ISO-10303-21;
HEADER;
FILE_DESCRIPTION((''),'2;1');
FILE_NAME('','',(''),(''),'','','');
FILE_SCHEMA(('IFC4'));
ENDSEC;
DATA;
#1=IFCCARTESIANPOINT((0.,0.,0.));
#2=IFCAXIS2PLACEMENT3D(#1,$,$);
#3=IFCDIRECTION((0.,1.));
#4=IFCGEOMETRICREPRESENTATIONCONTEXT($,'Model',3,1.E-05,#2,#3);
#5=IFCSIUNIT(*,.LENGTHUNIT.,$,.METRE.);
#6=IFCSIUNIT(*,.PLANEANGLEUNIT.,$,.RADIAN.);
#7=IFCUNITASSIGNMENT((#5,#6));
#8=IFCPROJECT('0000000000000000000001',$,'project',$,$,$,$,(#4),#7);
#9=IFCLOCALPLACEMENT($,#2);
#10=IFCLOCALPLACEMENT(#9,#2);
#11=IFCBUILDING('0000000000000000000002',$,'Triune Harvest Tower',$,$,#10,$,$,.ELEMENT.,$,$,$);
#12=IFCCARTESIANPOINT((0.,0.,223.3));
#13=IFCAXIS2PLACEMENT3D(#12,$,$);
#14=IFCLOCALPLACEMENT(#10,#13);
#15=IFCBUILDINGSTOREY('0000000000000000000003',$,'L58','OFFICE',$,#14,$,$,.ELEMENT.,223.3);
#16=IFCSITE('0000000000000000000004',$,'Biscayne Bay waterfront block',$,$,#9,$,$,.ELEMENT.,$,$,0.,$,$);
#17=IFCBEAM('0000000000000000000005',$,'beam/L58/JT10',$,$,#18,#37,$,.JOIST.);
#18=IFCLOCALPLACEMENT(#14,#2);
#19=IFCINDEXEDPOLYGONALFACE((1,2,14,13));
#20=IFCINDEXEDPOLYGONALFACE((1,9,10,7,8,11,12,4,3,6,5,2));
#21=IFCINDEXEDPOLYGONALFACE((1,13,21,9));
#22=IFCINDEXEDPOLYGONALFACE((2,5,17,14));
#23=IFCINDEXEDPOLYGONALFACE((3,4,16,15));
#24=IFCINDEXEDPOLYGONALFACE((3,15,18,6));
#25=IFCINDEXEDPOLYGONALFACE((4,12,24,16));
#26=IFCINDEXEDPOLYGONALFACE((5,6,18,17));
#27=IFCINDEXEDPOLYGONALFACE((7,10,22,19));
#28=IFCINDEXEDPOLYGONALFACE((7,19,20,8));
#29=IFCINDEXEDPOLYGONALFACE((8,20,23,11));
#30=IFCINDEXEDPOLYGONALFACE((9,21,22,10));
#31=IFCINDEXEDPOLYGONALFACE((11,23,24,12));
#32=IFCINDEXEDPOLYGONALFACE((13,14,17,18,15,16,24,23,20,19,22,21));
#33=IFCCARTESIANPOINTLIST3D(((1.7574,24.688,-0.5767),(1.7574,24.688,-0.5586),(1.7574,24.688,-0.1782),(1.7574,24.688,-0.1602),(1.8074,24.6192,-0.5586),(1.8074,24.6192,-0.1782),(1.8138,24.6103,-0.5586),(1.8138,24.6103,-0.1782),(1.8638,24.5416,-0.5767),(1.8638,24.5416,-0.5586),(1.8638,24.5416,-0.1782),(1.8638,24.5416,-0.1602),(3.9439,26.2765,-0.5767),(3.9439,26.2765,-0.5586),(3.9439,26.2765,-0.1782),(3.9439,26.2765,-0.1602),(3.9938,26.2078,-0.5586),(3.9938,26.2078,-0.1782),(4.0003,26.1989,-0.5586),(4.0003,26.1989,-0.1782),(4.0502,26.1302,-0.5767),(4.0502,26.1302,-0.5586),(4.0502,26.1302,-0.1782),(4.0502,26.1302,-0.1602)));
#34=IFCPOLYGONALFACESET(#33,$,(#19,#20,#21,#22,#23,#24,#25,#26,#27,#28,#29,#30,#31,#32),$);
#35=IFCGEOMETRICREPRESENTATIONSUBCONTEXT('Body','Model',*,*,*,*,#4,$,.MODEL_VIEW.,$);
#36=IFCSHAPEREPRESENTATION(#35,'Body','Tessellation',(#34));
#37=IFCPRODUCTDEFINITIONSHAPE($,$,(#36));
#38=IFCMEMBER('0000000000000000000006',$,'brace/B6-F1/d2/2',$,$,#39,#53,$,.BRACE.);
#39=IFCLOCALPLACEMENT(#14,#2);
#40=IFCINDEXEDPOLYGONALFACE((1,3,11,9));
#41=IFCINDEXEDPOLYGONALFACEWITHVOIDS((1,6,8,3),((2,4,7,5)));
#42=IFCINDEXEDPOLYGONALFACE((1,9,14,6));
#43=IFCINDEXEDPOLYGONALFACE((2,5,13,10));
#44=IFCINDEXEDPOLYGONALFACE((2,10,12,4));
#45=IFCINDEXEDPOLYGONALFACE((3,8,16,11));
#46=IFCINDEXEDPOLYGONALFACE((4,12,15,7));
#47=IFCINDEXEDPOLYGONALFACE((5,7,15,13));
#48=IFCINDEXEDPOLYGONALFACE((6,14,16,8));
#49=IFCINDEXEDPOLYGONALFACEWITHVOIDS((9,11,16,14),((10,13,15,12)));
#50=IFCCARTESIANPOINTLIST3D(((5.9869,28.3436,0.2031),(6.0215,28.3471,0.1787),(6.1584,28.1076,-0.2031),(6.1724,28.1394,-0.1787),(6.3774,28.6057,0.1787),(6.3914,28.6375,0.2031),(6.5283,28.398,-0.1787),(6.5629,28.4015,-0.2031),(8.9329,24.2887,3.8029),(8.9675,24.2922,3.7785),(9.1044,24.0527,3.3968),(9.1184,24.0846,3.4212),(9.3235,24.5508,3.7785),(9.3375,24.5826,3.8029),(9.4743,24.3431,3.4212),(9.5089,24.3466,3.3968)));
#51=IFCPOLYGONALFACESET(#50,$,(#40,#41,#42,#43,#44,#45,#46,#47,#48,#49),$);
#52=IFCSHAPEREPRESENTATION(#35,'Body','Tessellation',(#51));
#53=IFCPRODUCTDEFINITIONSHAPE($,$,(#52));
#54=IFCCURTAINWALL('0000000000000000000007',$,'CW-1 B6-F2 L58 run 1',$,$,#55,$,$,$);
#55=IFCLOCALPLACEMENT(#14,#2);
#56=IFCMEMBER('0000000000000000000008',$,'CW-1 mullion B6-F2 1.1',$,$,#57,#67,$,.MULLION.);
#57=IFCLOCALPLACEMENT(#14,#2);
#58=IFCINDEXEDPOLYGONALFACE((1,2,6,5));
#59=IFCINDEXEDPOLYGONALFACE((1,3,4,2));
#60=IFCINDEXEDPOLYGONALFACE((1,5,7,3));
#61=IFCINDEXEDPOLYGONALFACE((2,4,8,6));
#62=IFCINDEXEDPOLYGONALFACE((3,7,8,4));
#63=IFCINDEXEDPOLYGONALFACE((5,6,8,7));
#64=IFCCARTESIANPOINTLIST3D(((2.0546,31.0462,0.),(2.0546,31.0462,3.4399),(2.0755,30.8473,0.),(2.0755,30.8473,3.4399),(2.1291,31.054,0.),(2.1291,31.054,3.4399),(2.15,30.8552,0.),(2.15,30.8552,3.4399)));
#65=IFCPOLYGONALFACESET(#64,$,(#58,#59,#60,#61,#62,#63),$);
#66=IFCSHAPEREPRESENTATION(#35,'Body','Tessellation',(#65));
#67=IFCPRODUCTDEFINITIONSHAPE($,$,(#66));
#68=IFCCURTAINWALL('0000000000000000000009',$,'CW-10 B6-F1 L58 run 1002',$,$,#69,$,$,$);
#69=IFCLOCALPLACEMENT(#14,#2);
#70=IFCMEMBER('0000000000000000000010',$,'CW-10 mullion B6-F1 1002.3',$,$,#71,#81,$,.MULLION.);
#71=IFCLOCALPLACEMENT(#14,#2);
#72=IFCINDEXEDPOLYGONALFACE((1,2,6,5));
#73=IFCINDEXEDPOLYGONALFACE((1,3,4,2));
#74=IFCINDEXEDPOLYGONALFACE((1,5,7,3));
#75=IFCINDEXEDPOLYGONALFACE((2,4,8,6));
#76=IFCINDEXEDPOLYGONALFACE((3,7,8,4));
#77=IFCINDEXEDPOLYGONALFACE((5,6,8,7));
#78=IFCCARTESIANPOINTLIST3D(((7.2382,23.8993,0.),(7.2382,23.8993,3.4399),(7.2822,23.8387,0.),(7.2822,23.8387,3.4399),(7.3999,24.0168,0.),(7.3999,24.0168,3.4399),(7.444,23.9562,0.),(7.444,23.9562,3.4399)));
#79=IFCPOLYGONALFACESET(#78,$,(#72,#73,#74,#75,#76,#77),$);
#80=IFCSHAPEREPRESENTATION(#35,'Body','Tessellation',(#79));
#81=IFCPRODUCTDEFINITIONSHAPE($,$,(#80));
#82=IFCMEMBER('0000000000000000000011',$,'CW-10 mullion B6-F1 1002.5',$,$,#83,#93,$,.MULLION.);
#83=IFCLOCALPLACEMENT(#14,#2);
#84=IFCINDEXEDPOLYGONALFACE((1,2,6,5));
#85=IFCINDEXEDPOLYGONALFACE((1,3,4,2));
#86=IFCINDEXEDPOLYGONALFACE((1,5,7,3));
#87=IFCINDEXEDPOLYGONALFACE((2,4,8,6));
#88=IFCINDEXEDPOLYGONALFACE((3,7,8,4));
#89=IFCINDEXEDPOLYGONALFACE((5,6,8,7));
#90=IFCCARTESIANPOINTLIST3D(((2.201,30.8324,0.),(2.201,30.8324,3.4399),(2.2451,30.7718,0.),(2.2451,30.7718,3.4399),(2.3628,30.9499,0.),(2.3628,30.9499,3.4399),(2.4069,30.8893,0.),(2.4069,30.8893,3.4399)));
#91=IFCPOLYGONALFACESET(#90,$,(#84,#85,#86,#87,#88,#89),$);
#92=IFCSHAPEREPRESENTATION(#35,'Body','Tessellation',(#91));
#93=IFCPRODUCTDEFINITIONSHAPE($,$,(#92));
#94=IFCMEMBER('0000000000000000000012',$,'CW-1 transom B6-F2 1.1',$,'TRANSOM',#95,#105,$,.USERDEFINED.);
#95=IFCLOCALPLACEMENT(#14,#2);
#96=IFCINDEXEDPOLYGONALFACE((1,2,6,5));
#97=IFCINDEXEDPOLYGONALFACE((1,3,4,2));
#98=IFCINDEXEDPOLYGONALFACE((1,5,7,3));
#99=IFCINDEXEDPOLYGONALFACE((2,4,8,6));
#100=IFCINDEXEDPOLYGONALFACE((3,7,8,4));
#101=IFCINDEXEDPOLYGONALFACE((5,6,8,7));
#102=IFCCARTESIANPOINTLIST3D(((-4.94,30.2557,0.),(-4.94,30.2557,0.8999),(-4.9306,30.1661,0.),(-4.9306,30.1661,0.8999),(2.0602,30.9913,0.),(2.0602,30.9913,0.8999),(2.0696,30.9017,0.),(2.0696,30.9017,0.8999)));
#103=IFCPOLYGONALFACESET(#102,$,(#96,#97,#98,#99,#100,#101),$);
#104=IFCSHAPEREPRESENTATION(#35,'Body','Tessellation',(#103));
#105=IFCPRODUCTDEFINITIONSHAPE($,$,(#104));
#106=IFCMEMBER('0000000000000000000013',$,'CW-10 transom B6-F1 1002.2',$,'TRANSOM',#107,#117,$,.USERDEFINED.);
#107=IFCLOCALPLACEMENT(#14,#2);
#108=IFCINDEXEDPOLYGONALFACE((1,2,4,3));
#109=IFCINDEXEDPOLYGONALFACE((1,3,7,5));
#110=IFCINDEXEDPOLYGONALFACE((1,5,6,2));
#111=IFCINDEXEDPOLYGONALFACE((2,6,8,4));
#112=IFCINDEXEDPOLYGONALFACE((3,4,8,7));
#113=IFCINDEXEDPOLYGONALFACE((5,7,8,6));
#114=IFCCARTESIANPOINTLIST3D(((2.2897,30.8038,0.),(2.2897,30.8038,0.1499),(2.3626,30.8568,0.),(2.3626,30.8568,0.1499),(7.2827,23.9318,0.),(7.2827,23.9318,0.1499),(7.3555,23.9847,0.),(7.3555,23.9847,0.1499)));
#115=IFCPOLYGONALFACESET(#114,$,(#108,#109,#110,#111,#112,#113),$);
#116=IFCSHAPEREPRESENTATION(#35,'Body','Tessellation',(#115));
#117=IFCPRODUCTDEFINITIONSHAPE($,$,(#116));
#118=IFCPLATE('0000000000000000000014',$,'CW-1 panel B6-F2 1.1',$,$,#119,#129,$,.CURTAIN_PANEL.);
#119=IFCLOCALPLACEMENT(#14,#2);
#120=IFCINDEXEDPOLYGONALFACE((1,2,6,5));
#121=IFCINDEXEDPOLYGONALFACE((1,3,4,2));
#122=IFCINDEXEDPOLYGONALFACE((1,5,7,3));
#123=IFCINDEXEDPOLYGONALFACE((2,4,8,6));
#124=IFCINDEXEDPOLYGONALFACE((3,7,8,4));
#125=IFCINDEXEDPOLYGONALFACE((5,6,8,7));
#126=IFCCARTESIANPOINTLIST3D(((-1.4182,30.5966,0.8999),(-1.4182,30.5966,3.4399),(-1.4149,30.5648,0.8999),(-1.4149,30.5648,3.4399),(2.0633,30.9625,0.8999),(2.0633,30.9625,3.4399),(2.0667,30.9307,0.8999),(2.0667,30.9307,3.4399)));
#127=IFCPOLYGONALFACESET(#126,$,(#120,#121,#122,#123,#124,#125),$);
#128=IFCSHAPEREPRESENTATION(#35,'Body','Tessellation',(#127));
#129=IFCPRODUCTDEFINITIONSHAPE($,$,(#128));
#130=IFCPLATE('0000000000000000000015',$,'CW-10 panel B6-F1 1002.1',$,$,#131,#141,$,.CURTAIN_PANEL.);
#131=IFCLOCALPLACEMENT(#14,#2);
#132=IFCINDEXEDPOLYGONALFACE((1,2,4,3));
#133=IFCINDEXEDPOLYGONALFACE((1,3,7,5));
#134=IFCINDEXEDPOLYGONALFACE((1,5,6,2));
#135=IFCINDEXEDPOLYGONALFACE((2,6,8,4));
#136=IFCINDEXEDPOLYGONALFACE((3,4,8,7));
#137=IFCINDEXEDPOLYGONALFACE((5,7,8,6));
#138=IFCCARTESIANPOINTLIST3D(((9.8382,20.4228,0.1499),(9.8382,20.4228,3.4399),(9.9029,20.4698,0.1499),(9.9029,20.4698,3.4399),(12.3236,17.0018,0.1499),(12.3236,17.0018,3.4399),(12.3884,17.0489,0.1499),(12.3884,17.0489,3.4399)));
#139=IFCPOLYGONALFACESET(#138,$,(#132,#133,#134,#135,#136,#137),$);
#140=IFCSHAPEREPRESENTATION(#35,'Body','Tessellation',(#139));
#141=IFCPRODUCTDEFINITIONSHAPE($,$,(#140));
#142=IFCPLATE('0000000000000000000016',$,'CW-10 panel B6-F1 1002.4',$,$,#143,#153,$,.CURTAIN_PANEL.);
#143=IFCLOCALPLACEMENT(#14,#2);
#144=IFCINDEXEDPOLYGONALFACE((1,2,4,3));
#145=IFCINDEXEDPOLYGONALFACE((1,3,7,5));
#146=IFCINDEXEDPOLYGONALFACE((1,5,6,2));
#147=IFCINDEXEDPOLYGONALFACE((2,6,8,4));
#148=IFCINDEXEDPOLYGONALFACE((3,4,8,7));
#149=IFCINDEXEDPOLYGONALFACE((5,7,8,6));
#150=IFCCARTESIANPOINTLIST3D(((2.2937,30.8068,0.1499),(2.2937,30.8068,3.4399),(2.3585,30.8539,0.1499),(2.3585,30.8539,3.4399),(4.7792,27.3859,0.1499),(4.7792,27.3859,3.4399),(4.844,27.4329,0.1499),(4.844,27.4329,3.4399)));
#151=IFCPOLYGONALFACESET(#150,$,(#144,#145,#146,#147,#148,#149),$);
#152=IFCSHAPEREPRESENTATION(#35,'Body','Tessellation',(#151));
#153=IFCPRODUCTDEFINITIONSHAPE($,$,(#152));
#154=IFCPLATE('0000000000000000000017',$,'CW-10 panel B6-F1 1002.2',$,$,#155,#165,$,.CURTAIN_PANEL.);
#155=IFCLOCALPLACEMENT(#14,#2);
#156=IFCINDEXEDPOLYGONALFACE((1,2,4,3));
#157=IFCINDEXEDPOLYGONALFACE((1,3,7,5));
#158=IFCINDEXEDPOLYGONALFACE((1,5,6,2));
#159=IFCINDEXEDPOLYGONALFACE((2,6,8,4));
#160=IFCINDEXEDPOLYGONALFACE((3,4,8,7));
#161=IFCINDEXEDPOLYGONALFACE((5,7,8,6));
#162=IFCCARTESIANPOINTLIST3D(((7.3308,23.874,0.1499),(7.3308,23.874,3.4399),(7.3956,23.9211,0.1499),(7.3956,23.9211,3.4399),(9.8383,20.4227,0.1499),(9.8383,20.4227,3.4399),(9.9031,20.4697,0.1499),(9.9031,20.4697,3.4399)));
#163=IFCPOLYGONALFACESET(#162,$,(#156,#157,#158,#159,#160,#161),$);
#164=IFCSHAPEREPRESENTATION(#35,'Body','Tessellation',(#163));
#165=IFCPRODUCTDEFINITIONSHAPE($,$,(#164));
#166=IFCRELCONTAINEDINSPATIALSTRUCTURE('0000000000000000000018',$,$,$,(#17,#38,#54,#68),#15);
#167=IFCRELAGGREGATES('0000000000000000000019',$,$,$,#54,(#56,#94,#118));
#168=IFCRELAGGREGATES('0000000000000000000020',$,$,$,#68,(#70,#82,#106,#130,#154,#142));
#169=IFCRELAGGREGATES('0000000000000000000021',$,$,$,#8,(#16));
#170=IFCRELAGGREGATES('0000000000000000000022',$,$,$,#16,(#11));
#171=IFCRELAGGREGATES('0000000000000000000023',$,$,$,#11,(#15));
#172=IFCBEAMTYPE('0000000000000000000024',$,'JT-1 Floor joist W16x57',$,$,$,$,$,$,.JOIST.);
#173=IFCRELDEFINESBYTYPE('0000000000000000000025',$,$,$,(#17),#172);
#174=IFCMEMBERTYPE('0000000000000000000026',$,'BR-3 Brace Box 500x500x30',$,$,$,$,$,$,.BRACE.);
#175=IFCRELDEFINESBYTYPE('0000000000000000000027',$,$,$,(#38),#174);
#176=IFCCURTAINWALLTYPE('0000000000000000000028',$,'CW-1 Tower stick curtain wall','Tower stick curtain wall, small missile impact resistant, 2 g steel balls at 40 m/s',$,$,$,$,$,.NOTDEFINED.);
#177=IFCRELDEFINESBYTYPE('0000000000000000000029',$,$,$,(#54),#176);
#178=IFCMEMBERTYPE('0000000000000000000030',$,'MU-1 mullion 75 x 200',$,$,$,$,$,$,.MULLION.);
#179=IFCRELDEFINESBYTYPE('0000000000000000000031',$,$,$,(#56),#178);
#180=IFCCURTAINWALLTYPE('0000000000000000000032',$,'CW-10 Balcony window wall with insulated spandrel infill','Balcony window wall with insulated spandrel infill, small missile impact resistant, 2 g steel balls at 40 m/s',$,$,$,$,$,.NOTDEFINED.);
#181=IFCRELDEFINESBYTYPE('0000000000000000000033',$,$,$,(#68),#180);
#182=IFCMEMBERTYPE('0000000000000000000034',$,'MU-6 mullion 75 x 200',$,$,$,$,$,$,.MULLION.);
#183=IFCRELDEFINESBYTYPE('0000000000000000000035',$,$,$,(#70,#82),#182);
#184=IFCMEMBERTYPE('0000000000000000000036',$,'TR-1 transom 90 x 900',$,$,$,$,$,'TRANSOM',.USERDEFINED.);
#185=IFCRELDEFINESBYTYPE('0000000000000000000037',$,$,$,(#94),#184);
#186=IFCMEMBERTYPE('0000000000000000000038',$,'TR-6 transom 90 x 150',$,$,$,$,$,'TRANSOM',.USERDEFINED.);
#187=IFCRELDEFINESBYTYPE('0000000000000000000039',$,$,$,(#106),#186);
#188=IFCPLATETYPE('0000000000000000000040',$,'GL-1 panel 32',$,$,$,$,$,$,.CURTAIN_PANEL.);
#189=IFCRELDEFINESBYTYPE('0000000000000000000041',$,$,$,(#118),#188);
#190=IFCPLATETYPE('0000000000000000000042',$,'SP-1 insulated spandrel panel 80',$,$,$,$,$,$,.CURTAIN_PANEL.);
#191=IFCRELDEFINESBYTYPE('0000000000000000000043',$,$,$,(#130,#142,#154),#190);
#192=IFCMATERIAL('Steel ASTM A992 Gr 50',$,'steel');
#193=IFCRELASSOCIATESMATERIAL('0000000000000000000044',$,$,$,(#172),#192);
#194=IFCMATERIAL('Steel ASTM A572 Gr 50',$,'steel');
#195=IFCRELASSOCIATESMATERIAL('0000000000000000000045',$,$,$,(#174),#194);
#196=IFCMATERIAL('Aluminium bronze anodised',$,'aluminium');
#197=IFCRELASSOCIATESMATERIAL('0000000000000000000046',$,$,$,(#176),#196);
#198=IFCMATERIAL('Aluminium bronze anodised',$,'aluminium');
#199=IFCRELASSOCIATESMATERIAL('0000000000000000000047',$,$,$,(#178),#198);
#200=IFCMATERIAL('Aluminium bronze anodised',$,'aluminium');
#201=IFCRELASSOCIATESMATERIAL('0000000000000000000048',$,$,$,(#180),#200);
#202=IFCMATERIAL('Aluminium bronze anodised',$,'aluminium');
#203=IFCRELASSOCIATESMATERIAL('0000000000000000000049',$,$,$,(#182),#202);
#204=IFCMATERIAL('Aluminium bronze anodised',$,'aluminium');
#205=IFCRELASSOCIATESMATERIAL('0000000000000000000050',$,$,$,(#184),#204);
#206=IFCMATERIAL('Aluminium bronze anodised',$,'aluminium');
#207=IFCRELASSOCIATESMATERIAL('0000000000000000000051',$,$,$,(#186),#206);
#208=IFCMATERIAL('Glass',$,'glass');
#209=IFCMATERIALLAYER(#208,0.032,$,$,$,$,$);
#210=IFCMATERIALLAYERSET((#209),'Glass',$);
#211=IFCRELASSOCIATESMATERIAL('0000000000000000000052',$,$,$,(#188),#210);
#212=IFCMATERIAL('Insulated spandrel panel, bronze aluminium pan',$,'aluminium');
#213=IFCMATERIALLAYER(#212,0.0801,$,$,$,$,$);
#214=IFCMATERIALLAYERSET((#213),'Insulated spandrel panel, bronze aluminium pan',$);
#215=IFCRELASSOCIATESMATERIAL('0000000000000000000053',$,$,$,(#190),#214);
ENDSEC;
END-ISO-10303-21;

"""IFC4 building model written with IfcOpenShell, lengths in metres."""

from ifc_helpers import new_model, si_unit, direction, frame, origin, origin_2d, place, context, subcontext, project, spatial, rectangle, hollow_rectangle, i_section, extrude, source, transform, mapped, material, layer, layer_set, material_profile, profile_set, type_object, element, aggregate, save


model = new_model("IFC4")

# Units and contexts
model_context = context("Model", 3, precision=1e-05, world=origin(), true_north=direction((0.0, 1.0)))
body_context = subcontext(model_context, "Body", "Model", "MODEL_VIEW")
ifc_project = project(units=[si_unit("LENGTHUNIT", "METRE"), si_unit("PLANEANGLEUNIT", "RADIAN")], contexts=[model_context])

# Site, building, storey
site_placement = place(None, origin())
site = spatial("IfcSite", under=ifc_project, at=site_placement, Name="Biscayne Bay waterfront block", CompositionType="ELEMENT", RefElevation=0.0)
building_placement = place(site_placement, origin())
building = spatial("IfcBuilding", under=site, at=building_placement, Name="Triune Harvest Tower", CompositionType="ELEMENT")
storey_placement = place(building_placement, frame((0.0, 0.0, 223.3)))
storey = spatial("IfcBuildingStorey", under=building, at=storey_placement, Name="L58", Description="OFFICE", CompositionType="ELEMENT", Elevation=223.3)

# Beam
ifc_material_1 = material(Name="Steel ASTM A992 Gr 50", Category="steel")
ifc_material_profile_1 = material_profile(ifc_material_1, i_section(OverallWidth=0.1809, OverallDepth=0.4165, WebThickness=0.011, FlangeThickness=0.0181, at=origin_2d()), Name="W16x57")
ifc_profile_set_1 = profile_set([ifc_material_profile_1], Name="Steel ASTM A992 Gr 50")
beam_type_1 = type_object("IfcBeamType", Name="JT-1 Floor joist W16x57", PredefinedType="JOIST", material=ifc_profile_set_1)
shared_shape_1 = source(origin(), body_context, "Body", "SweptSolid", [
    extrude(i_section(OverallWidth=0.1809, OverallDepth=0.4165, WebThickness=0.011, FlangeThickness=0.0181, at=origin_2d()), origin(), (0.0, 0.0, 1.0), 2.7026),
])
beam_1_placement = place(storey_placement, frame((3.9971, 26.2034, -0.3684), z_axis=(-0.809013, -0.58779, 0.0), x_axis=(0.58779, -0.809013, 0.0)))
element("IfcBeam", 1, at=beam_1_placement, inside=storey, type_object=beam_type_1, Name="beam/L58/JT10", PredefinedType="JOIST", context=body_context, shape_type="MappedRepresentation", body=[
    mapped(shared_shape_1, transform((0.0, 0.0, 0.0), scale=1.0)),
])

# Member
ifc_material_2 = material(Name="Steel ASTM A572 Gr 50", Category="steel")
ifc_material_profile_2 = material_profile(ifc_material_2, hollow_rectangle(XDim=0.5, YDim=0.5, WallThickness=0.03, at=origin_2d()), Name="Box 500x500x30")
ifc_profile_set_2 = profile_set([ifc_material_profile_2], Name="Steel ASTM A572 Gr 50")
member_type_1 = type_object("IfcMemberType", Name="BR-3 Brace Box 500x500x30", PredefinedType="BRACE", material=ifc_profile_set_2)
shared_shape_2 = source(origin(), body_context, "Body", "SweptSolid", [
    extrude(hollow_rectangle(XDim=0.5, YDim=0.5, WallThickness=0.03, at=origin_2d()), origin(), (0.0, 0.0, 1.0), 6.1709),
])
member_1_placement = place(storey_placement, frame((6.2749, 28.3726, 0.0), z_axis=(0.477406, -0.6571, 0.583355), x_axis=(0.80902, 0.587781, 0.0)))
element("IfcMember", 2, at=member_1_placement, inside=storey, type_object=member_type_1, Name="brace/B6-F1/d2/2", PredefinedType="BRACE", context=body_context, shape_type="MappedRepresentation", body=[
    mapped(shared_shape_2, transform((0.0, 0.0, 0.0), scale=1.0)),
])

# Curtain wall, member
ifc_material_3 = material(Name="Aluminium bronze anodised", Category="aluminium")
curtain_wall_type_1 = type_object("IfcCurtainWallType", Name="CW-1 Tower stick curtain wall", Description="Tower stick curtain wall, small missile impact resistant, 2 g steel balls at 40 m/s", PredefinedType="NOTDEFINED", material=ifc_material_3)
curtain_wall_1_placement = place(storey_placement, origin())
curtain_wall_1 = element("IfcCurtainWall", 3, at=curtain_wall_1_placement, inside=storey, type_object=curtain_wall_type_1, Name="CW-1 B6-F2 L58 run 1")
ifc_material_4 = material(Name="Aluminium bronze anodised", Category="aluminium")
ifc_material_profile_3 = material_profile(ifc_material_4, rectangle(XDim=0.2, YDim=0.075, at=origin_2d()), Name="MU-1 mullion 75 x 200")
ifc_profile_set_3 = profile_set([ifc_material_profile_3], Name="Aluminium bronze anodised")
member_type_2 = type_object("IfcMemberType", Name="MU-1 mullion 75 x 200", PredefinedType="MULLION", material=ifc_profile_set_3)
shared_shape_3 = source(origin(), body_context, "Body", "SweptSolid", [
    extrude(rectangle(XDim=0.2, YDim=0.075, at=origin_2d()), origin(), (0.0, 0.0, 1.0), 3.4399),
])
member_2_placement = place(storey_placement, frame((2.1023, 30.9507, 0.0), z_axis=(0.0, 0.0, 1.0), x_axis=(0.10453, -0.994522, 0.0)))
member_2 = element("IfcMember", 4, at=member_2_placement, type_object=member_type_2, Name="CW-1 mullion B6-F2 1.1", PredefinedType="MULLION", context=body_context, shape_type="MappedRepresentation", body=[
    mapped(shared_shape_3, transform((0.0, 0.0, 0.0), scale=1.0)),
])

# Curtain wall, members
ifc_material_5 = material(Name="Aluminium bronze anodised", Category="aluminium")
curtain_wall_type_2 = type_object("IfcCurtainWallType", Name="CW-10 Balcony window wall with insulated spandrel infill", Description="Balcony window wall with insulated spandrel infill, small missile impact resistant, 2 g steel balls at 40 m/s", PredefinedType="NOTDEFINED", material=ifc_material_5)
curtain_wall_2_placement = place(storey_placement, origin())
curtain_wall_2 = element("IfcCurtainWall", 5, at=curtain_wall_2_placement, inside=storey, type_object=curtain_wall_type_2, Name="CW-10 B6-F1 L58 run 1002")
ifc_material_6 = material(Name="Aluminium bronze anodised", Category="aluminium")
ifc_material_profile_4 = material_profile(ifc_material_6, rectangle(XDim=0.2, YDim=0.075, at=origin_2d()), Name="MU-6 mullion 75 x 200")
ifc_profile_set_4 = profile_set([ifc_material_profile_4], Name="Aluminium bronze anodised")
member_type_3 = type_object("IfcMemberType", Name="MU-6 mullion 75 x 200", PredefinedType="MULLION", material=ifc_profile_set_4)
shared_shape_4 = source(origin(), body_context, "Body", "SweptSolid", [
    extrude(rectangle(XDim=0.2, YDim=0.075, at=origin_2d()), origin(), (0.0, 0.0, 1.0), 3.4399),
])
member_3_placement = place(storey_placement, frame((7.3411, 23.9277, 0.0), z_axis=(0.0, 0.0, 1.0), x_axis=(-0.809017, -0.587786, 0.0)))
member_3 = element("IfcMember", 6, at=member_3_placement, type_object=member_type_3, Name="CW-10 mullion B6-F1 1002.3", PredefinedType="MULLION", context=body_context, shape_type="MappedRepresentation", body=[
    mapped(shared_shape_4, transform((0.0, 0.0, 0.0), scale=1.0)),
])
member_4_placement = place(storey_placement, frame((2.304, 30.8608, 0.0), z_axis=(0.0, 0.0, 1.0), x_axis=(-0.809017, -0.587786, 0.0)))
member_4 = element("IfcMember", 7, at=member_4_placement, type_object=member_type_3, Name="CW-10 mullion B6-F1 1002.5", PredefinedType="MULLION", context=body_context, shape_type="MappedRepresentation", body=[
    mapped(shared_shape_4, transform((0.0, 0.0, 0.0), scale=1.0)),
])

# Members
ifc_material_7 = material(Name="Aluminium bronze anodised", Category="aluminium")
ifc_material_profile_5 = material_profile(ifc_material_7, rectangle(XDim=0.0901, YDim=0.8999, at=origin_2d()), Name="TR-1 transom 90 x 900")
ifc_profile_set_5 = profile_set([ifc_material_profile_5], Name="Aluminium bronze anodised")
member_type_4 = type_object("IfcMemberType", Name="TR-1 transom 90 x 900", ElementType="TRANSOM", PredefinedType="USERDEFINED", material=ifc_profile_set_5)
shared_shape_5 = source(origin(), body_context, "Body", "SweptSolid", [
    extrude(rectangle(XDim=0.0901, YDim=0.8999, at=origin_2d()), origin(), (0.0, 0.0, 1.0), 7.0388),
])
member_5_placement = place(storey_placement, frame((2.0649, 30.9465, 0.45), z_axis=(-0.994524, -0.104506, 0.0), x_axis=(0.104506, -0.994524, 0.0)))
member_5 = element("IfcMember", 8, at=member_5_placement, type_object=member_type_4, Name="CW-1 transom B6-F2 1.1", ObjectType="TRANSOM", PredefinedType="USERDEFINED", context=body_context, shape_type="MappedRepresentation", body=[
    mapped(shared_shape_5, transform((0.0, 0.0, 0.0), scale=1.0)),
])
ifc_material_8 = material(Name="Aluminium bronze anodised", Category="aluminium")
ifc_material_profile_6 = material_profile(ifc_material_8, rectangle(XDim=0.0901, YDim=0.1499, at=origin_2d()), Name="TR-6 transom 90 x 150")
ifc_profile_set_6 = profile_set([ifc_material_profile_6], Name="Aluminium bronze anodised")
member_type_5 = type_object("IfcMemberType", Name="TR-6 transom 90 x 150", ElementType="TRANSOM", PredefinedType="USERDEFINED", material=ifc_profile_set_6)
shared_shape_6 = source(origin(), body_context, "Body", "SweptSolid", [
    extrude(rectangle(XDim=0.0901, YDim=0.1499, at=origin_2d()), origin(), (0.0, 0.0, 1.0), 8.4944),
])
member_6_placement = place(storey_placement, frame((7.3191, 23.9583, 0.075), z_axis=(-0.587791, 0.809013, 0.0), x_axis=(-0.809013, -0.587791, 0.0)))
member_6 = element("IfcMember", 9, at=member_6_placement, type_object=member_type_5, Name="CW-10 transom B6-F1 1002.2", ObjectType="TRANSOM", PredefinedType="USERDEFINED", context=body_context, shape_type="MappedRepresentation", body=[
    mapped(shared_shape_6, transform((0.0, 0.0, 0.0), scale=1.0)),
])

# Plates
ifc_material_9 = material(Name="Glass", Category="glass")
ifc_layer_1 = layer(ifc_material_9, 0.032)
ifc_layer_set_1 = layer_set([ifc_layer_1], Name="Glass")
plate_type_1 = type_object("IfcPlateType", Name="GL-1 panel 32", PredefinedType="CURTAIN_PANEL", material=ifc_layer_set_1)
shared_shape_7 = source(origin(), body_context, "Body", "SweptSolid", [
    extrude(rectangle(XDim=3.5007, YDim=0.032, at=origin_2d()), origin(), (0.0, 0.0, 1.0), 2.54),
])
plate_1_placement = place(storey_placement, frame((0.3242, 30.7637, 0.8999), z_axis=(0.0, 0.0, 1.0), x_axis=(-0.994522, -0.10453, 0.0)))
plate_1 = element("IfcPlate", 10, at=plate_1_placement, type_object=plate_type_1, Name="CW-1 panel B6-F2 1.1", PredefinedType="CURTAIN_PANEL", context=body_context, shape_type="MappedRepresentation", body=[
    mapped(shared_shape_7, transform((0.0, 0.0, 0.0), scale=1.0)),
])
aggregate(curtain_wall_1, [member_2, member_5, plate_1])
ifc_material_10 = material(Name="Insulated spandrel panel, bronze aluminium pan", Category="aluminium")
ifc_layer_2 = layer(ifc_material_10, 0.0801)
ifc_layer_set_2 = layer_set([ifc_layer_2], Name="Insulated spandrel panel, bronze aluminium pan")
plate_type_2 = type_object("IfcPlateType", Name="SP-1 insulated spandrel panel 80", PredefinedType="CURTAIN_PANEL", material=ifc_layer_set_2)
shared_shape_8 = source(origin(), body_context, "Body", "SweptSolid", [
    extrude(rectangle(XDim=4.2285, YDim=0.0801, at=origin_2d()), origin(), (0.0, 0.0, 1.0), 3.29),
])
plate_2_placement = place(storey_placement, frame((11.1133, 18.7358, 0.1499), z_axis=(0.0, 0.0, 1.0), x_axis=(-0.587786, 0.809017, 0.0)))
plate_2 = element("IfcPlate", 11, at=plate_2_placement, type_object=plate_type_2, Name="CW-10 panel B6-F1 1002.1", PredefinedType="CURTAIN_PANEL", context=body_context, shape_type="MappedRepresentation", body=[
    mapped(shared_shape_8, transform((0.0, 0.0, 0.0), scale=1.0)),
])
plate_3_placement = place(storey_placement, frame((3.5688, 29.1199, 0.1499), z_axis=(0.0, 0.0, 1.0), x_axis=(-0.587786, 0.809017, 0.0)))
plate_3 = element("IfcPlate", 12, at=plate_3_placement, type_object=plate_type_2, Name="CW-10 panel B6-F1 1002.4", PredefinedType="CURTAIN_PANEL", context=body_context, shape_type="MappedRepresentation", body=[
    mapped(shared_shape_8, transform((0.0, 0.0, 0.0), scale=1.0)),
])
shared_shape_9 = source(origin(), body_context, "Body", "SweptSolid", [
    extrude(rectangle(XDim=4.2661, YDim=0.0801, at=origin_2d()), origin(), (0.0, 0.0, 1.0), 3.29),
])
plate_4_placement = place(storey_placement, frame((8.6169, 22.1719, 0.1499), z_axis=(0.0, 0.0, 1.0), x_axis=(-0.587786, 0.809017, 0.0)))
plate_4 = element("IfcPlate", 13, at=plate_4_placement, type_object=plate_type_2, Name="CW-10 panel B6-F1 1002.2", PredefinedType="CURTAIN_PANEL", context=body_context, shape_type="MappedRepresentation", body=[
    mapped(shared_shape_9, transform((0.0, 0.0, 0.0), scale=1.0)),
])
aggregate(curtain_wall_2, [member_3, member_4, member_6, plate_2, plate_4, plate_3])

save(model, "model.ifc")
